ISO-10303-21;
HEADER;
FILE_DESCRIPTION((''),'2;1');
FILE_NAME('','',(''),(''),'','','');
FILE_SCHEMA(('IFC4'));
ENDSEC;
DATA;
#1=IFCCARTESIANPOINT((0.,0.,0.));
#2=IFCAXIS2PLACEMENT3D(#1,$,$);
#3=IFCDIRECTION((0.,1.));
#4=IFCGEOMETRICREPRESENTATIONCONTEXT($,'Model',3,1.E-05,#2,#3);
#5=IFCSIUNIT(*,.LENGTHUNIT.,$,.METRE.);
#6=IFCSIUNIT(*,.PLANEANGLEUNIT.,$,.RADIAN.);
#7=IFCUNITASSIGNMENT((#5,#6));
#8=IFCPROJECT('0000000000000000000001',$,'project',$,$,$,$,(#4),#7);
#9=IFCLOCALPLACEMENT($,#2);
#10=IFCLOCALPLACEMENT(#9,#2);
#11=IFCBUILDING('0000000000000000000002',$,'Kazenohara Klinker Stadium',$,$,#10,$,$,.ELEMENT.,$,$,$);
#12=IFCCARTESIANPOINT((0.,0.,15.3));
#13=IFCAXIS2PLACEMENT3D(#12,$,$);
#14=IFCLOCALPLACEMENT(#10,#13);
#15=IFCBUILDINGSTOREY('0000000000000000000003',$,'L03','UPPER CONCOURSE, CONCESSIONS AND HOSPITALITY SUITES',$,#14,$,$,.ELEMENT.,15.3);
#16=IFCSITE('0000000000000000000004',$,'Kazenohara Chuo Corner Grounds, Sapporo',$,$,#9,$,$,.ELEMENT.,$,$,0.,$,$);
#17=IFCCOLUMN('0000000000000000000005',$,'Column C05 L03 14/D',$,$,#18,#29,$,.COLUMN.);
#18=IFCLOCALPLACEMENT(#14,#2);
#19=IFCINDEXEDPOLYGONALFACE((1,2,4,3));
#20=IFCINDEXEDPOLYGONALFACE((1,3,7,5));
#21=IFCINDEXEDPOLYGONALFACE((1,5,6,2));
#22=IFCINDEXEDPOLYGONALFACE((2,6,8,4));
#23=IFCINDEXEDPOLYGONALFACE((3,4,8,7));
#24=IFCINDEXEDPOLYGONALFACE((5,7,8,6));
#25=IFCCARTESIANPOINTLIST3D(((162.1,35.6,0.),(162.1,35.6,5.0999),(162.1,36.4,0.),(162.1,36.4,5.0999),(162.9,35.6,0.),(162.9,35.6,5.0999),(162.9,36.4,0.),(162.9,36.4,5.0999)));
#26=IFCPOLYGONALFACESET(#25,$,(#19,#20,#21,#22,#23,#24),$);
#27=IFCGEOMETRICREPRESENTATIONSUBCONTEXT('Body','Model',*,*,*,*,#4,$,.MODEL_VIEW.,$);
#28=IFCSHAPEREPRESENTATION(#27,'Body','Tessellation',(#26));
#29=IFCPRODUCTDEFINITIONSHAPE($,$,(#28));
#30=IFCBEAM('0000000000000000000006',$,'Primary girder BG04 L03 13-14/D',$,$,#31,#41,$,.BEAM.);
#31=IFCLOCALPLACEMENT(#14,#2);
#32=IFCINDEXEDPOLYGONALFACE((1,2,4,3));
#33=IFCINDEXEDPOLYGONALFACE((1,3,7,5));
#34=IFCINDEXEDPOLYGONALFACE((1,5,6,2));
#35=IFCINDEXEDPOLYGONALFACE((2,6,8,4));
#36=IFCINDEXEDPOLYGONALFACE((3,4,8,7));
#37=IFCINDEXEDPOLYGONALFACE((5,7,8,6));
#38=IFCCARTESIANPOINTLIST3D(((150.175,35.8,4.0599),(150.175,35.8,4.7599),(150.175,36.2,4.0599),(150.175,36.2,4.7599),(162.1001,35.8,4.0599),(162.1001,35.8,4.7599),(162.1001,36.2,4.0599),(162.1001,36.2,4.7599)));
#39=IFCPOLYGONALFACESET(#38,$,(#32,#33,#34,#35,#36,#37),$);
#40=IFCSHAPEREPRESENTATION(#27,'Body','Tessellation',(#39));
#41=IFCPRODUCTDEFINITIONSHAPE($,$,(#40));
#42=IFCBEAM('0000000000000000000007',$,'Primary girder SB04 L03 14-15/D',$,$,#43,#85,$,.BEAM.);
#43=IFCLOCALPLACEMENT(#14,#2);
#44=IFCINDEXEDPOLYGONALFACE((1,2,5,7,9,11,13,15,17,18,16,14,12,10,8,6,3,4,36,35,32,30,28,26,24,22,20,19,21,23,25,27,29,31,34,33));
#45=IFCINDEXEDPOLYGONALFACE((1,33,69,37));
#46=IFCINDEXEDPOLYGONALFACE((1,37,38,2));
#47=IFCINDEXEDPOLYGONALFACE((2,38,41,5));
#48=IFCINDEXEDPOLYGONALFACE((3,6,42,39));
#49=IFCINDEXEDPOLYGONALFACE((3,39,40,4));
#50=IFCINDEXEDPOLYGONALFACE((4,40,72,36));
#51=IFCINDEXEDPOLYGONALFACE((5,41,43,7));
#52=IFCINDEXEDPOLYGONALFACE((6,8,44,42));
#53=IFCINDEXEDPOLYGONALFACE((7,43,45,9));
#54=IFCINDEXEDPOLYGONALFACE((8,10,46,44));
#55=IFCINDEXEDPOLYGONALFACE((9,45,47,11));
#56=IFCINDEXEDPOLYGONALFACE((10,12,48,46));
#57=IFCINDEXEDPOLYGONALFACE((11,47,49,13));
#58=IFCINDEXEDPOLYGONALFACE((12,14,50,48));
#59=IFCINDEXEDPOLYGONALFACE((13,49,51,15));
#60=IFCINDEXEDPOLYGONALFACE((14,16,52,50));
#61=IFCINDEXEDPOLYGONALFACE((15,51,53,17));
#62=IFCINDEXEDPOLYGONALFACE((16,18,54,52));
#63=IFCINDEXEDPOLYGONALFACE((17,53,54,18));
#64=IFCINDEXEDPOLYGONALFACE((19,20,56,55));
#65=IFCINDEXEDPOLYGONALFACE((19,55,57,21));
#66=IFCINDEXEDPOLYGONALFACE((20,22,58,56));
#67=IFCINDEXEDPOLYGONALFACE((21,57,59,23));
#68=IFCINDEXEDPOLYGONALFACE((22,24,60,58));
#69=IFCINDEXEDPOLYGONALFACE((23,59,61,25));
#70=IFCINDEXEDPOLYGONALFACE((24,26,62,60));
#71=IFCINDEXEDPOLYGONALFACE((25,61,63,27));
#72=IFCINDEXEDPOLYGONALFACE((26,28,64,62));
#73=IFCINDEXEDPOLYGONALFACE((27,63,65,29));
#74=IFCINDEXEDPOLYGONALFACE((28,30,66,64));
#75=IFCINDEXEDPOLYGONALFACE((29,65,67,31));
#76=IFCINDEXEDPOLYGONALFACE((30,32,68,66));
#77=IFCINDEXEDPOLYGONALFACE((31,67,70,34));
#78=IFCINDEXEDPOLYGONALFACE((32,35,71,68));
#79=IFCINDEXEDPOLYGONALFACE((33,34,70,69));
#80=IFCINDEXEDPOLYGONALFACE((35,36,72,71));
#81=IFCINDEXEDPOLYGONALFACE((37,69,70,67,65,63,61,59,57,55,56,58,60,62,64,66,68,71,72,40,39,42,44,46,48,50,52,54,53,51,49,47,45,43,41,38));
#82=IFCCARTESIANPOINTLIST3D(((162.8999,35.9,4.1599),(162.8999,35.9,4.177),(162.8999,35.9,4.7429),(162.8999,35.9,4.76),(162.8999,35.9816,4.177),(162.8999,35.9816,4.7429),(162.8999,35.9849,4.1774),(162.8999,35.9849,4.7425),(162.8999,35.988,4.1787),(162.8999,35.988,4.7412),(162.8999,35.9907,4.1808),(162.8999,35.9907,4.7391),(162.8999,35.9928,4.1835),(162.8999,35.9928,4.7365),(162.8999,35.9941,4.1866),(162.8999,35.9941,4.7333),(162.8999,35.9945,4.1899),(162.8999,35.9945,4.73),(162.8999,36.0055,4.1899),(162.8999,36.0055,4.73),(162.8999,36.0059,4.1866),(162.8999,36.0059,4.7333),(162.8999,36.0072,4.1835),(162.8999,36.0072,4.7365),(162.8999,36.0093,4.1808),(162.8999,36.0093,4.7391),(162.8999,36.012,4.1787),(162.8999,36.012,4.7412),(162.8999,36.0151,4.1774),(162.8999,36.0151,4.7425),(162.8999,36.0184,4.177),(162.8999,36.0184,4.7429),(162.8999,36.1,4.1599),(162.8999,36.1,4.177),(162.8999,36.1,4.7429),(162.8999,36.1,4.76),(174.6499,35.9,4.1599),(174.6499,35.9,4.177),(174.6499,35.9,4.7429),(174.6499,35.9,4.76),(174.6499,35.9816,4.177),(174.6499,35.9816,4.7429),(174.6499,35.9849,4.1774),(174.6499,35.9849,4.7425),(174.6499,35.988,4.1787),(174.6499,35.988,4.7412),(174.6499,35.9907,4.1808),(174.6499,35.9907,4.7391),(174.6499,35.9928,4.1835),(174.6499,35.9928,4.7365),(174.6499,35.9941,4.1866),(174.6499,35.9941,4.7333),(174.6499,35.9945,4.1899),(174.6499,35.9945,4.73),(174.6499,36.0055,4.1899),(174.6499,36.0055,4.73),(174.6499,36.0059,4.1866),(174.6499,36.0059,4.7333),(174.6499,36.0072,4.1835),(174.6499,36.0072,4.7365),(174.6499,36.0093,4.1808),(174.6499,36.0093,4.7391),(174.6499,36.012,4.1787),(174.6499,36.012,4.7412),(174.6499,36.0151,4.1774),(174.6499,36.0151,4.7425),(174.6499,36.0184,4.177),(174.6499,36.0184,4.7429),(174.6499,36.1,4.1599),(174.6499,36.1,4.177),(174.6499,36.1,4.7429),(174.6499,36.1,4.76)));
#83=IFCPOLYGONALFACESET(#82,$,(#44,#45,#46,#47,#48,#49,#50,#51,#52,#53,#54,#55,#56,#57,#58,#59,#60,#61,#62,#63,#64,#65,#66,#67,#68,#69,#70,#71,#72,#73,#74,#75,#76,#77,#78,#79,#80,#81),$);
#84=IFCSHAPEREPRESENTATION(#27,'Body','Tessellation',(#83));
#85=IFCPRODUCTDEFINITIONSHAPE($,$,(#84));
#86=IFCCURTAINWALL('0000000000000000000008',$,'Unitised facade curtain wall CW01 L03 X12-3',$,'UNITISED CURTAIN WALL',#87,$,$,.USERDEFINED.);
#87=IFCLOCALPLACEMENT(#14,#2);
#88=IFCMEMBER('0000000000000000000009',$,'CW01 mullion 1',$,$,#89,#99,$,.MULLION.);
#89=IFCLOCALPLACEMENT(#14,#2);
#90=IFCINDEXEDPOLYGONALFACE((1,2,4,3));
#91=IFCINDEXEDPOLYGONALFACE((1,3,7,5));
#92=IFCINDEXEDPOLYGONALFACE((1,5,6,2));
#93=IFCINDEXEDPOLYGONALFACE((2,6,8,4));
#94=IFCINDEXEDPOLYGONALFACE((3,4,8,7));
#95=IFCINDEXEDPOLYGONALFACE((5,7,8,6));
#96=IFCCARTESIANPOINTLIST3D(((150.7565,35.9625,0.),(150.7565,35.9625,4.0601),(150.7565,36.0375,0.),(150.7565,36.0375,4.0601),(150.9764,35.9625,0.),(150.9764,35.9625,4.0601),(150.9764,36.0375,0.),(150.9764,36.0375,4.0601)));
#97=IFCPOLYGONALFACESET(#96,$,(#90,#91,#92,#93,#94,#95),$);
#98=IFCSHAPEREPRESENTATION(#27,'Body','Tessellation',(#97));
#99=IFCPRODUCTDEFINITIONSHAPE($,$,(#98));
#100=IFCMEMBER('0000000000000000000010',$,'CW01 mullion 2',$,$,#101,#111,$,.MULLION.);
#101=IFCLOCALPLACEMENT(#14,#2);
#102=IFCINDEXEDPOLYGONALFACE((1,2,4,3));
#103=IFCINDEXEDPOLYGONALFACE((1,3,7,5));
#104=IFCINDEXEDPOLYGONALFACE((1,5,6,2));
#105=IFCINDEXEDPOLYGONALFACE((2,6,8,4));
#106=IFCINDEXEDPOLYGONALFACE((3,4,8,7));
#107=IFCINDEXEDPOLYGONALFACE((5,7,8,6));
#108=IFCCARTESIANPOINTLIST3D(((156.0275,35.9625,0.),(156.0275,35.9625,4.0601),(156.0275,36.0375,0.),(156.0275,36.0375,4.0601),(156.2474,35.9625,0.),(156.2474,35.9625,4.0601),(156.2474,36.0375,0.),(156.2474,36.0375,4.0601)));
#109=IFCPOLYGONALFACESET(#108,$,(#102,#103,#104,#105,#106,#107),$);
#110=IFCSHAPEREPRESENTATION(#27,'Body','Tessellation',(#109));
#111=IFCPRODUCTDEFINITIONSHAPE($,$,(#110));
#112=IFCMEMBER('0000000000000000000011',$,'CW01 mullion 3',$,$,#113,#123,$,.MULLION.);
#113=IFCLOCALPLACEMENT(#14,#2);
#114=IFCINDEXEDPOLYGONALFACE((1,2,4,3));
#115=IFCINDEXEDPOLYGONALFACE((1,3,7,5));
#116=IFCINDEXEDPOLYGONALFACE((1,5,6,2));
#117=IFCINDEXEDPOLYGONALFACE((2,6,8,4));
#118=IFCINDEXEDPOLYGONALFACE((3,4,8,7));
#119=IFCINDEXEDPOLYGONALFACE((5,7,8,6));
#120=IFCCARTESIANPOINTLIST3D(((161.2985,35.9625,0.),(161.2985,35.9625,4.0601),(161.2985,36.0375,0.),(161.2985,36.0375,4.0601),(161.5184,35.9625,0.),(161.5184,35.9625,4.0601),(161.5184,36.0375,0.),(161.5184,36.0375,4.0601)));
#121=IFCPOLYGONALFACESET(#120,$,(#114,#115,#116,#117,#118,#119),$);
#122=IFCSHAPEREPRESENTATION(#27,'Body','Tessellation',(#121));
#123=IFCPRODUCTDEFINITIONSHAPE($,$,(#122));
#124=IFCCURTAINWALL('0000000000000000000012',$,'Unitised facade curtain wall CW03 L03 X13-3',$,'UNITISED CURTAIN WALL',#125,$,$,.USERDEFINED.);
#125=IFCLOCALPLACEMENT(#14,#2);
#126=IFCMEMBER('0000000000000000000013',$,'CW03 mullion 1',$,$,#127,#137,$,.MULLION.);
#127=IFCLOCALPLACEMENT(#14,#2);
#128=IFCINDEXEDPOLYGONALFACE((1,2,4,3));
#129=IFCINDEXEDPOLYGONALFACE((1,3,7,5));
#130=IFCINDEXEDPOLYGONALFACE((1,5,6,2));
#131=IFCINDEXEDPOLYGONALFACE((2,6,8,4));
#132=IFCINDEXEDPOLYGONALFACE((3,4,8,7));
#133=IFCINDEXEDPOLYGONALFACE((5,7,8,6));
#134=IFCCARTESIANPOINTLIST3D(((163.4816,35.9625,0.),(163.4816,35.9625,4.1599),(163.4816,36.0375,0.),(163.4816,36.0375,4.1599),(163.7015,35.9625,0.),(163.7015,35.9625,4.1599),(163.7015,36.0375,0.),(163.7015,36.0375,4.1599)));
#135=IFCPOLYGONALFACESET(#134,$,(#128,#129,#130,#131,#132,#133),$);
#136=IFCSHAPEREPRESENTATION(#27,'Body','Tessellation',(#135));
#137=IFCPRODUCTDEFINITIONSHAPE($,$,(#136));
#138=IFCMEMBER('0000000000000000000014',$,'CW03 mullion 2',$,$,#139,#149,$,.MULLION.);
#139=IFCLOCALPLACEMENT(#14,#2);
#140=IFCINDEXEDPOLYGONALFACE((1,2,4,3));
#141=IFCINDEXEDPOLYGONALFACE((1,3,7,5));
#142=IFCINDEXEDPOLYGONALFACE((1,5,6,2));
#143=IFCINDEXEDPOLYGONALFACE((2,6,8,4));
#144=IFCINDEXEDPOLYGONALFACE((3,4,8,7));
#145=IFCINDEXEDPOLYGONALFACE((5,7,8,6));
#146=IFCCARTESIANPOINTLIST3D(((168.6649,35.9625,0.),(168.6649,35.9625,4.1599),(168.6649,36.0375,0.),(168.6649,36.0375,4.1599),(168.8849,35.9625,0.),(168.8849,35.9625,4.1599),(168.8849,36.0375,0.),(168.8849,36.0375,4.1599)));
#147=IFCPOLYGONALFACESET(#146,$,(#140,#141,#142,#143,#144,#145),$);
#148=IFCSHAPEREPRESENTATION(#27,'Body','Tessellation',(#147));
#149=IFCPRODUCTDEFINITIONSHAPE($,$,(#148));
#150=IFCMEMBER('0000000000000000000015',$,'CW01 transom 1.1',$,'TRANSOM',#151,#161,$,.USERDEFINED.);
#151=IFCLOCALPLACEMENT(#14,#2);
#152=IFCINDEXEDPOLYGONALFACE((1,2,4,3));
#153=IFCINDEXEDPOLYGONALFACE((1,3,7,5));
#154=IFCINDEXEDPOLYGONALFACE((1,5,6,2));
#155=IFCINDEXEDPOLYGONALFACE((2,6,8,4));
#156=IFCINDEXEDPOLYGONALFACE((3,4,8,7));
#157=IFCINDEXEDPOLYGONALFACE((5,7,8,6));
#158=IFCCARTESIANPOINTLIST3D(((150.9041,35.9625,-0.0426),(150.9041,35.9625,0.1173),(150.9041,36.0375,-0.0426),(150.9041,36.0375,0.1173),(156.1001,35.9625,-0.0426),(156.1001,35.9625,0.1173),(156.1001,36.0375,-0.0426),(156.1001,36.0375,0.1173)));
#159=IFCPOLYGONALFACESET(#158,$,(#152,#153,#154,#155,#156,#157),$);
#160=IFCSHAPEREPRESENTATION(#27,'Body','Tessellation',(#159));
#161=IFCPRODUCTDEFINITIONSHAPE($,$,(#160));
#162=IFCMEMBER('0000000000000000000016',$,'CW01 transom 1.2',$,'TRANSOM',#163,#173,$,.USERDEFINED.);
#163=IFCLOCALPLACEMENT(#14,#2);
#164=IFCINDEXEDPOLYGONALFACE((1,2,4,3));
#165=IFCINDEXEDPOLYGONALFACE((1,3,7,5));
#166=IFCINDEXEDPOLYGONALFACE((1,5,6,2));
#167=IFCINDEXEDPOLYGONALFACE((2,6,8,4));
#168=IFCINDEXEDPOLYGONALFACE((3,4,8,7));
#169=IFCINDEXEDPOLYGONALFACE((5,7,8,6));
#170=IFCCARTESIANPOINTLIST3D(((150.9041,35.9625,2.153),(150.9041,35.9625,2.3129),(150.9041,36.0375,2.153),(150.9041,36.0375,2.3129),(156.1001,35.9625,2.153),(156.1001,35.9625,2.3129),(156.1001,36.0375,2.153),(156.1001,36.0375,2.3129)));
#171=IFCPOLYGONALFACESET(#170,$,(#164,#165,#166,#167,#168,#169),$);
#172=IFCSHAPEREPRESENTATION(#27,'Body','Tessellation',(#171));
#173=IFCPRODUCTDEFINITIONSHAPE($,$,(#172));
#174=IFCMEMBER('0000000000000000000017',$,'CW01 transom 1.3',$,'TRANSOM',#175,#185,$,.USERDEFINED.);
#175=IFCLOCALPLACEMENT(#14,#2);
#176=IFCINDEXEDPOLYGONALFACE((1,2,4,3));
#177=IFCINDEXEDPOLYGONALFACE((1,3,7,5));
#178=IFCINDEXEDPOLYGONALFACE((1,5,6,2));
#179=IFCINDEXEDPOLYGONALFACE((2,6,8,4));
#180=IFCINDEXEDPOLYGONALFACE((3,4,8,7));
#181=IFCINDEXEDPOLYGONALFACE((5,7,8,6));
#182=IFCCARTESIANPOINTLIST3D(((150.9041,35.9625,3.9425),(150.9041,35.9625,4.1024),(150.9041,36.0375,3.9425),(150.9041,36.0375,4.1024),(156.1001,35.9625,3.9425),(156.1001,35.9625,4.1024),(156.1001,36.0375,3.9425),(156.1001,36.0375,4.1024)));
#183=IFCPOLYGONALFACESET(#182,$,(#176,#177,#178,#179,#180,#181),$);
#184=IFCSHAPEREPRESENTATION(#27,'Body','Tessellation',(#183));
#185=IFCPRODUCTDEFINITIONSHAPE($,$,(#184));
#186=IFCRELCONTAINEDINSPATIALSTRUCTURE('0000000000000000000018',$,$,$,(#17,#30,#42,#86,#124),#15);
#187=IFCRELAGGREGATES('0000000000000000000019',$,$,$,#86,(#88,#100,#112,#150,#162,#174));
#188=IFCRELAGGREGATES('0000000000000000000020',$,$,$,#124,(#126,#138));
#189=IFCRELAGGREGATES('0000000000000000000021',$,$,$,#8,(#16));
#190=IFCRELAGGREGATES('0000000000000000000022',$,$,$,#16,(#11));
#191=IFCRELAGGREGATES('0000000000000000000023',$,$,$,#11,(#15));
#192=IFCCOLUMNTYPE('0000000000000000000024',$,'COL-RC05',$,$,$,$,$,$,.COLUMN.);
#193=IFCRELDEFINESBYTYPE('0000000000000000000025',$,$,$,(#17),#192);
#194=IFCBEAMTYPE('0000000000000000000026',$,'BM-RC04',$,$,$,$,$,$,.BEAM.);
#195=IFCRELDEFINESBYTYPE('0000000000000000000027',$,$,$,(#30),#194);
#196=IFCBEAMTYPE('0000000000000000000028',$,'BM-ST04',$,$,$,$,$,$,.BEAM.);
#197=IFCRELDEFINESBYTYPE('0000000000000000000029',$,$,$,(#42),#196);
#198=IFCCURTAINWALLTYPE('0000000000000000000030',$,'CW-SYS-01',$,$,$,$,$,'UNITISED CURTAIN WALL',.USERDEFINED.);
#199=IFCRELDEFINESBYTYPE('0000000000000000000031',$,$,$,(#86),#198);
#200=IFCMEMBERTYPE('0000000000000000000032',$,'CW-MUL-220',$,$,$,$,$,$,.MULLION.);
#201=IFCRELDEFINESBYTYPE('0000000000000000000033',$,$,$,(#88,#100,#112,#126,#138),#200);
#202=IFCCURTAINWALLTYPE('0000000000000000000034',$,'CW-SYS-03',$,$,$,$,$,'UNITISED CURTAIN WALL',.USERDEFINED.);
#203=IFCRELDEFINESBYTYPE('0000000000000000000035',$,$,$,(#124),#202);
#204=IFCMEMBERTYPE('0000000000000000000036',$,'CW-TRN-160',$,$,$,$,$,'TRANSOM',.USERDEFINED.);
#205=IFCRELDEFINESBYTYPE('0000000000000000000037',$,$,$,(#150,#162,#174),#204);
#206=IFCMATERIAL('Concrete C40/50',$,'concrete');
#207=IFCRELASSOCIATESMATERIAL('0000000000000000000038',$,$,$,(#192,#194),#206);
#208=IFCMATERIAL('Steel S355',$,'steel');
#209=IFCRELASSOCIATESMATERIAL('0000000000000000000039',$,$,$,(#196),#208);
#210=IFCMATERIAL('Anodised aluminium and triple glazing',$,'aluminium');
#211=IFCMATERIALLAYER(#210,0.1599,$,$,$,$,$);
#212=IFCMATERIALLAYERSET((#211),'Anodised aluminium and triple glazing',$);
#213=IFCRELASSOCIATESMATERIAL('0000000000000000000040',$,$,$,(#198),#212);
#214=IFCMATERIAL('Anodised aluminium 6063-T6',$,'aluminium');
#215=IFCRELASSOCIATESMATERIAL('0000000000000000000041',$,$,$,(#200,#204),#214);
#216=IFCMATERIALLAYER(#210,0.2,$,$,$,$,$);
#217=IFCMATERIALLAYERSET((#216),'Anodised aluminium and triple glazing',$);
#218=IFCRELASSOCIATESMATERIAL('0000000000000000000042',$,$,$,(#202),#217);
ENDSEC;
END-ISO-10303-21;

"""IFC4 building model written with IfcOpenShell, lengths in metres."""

from ifc_helpers import new_model, si_unit, direction, frame, origin, origin_2d, place, context, subcontext, project, spatial, rectangle, i_section, extrude, material, layer, layer_set, material_profile, profile_set, type_object, element, aggregate, save


model = new_model("IFC4")

# Units and contexts
model_context = context("Model", 3, precision=1e-05, world=origin(), true_north=direction((0.0, 1.0)))
body_context = subcontext(model_context, "Body", "Model", "MODEL_VIEW")
ifc_project = project(units=[si_unit("LENGTHUNIT", "METRE"), si_unit("PLANEANGLEUNIT", "RADIAN")], contexts=[model_context])

# Site, building, storey
site_placement = place(None, origin())
site = spatial("IfcSite", under=ifc_project, at=site_placement, Name="Kazenohara Chuo Corner Grounds, Sapporo", CompositionType="ELEMENT", RefElevation=0.0)
building_placement = place(site_placement, origin())
building = spatial("IfcBuilding", under=site, at=building_placement, Name="Kazenohara Klinker Stadium", CompositionType="ELEMENT")
storey_placement = place(building_placement, frame((0.0, 0.0, 15.3)))
storey = spatial("IfcBuildingStorey", under=building, at=storey_placement, Name="L03", Description="UPPER CONCOURSE, CONCESSIONS AND HOSPITALITY SUITES", CompositionType="ELEMENT", Elevation=15.3)

# Column
ifc_material_1 = material(Name="Concrete C40/50", Category="concrete")
ifc_material_profile_1 = material_profile(ifc_material_1, rectangle(XDim=0.8, YDim=0.8, at=origin_2d()), Name="RC-COL-800x800")
ifc_profile_set_1 = profile_set([ifc_material_profile_1], Name="Concrete C40/50")
column_type = type_object("IfcColumnType", Name="COL-RC05", PredefinedType="COLUMN", material=ifc_profile_set_1)
column_placement = place(storey_placement, frame((162.5, 36.0, 0.0), z_axis=(0.0, 0.0, 1.0), x_axis=(1.0, 0.0, 0.0)))
element("IfcColumn", 1, at=column_placement, inside=storey, type_object=column_type, Name="Column C05 L03 14/D", PredefinedType="COLUMN", context=body_context, shape_type="SweptSolid", body=[
    extrude(rectangle(XDim=0.8, YDim=0.8, at=origin_2d()), origin(), (0.0, 0.0, 1.0), 5.0999),
])

# Beams
ifc_material_profile_2 = material_profile(ifc_material_1, rectangle(XDim=0.3999, YDim=0.7, at=origin_2d()), Name="RC-BM-400x700")
ifc_profile_set_2 = profile_set([ifc_material_profile_2], Name="Concrete C40/50")
beam_type_1 = type_object("IfcBeamType", Name="BM-RC04", PredefinedType="BEAM", material=ifc_profile_set_2)
beam_1_placement = place(storey_placement, frame((150.175, 36.0, 4.4099), z_axis=(1.0, 0.0, 0.0), x_axis=(0.0, 1.0, 0.0)))
element("IfcBeam", 2, at=beam_1_placement, inside=storey, type_object=beam_type_1, Name="Primary girder BG04 L03 13-14/D", PredefinedType="BEAM", context=body_context, shape_type="SweptSolid", body=[
    extrude(rectangle(XDim=0.3999, YDim=0.7, at=origin_2d()), origin(), (0.0, 0.0, 1.0), 11.925),
])
ifc_material_2 = material(Name="Steel S355", Category="steel")
ifc_material_profile_3 = material_profile(ifc_material_2, i_section(OverallWidth=0.2, OverallDepth=0.6001, WebThickness=0.011, FlangeThickness=0.0171, FilletRadius=0.0129, at=origin_2d()), Name="H-600x200x11x17")
ifc_profile_set_3 = profile_set([ifc_material_profile_3], Name="Steel S355")
beam_type_2 = type_object("IfcBeamType", Name="BM-ST04", PredefinedType="BEAM", material=ifc_profile_set_3)
beam_2_placement = place(storey_placement, frame((162.8999, 36.0, 4.46), z_axis=(1.0, 0.0, 0.0), x_axis=(0.0, 1.0, 0.0)))
element("IfcBeam", 3, at=beam_2_placement, inside=storey, type_object=beam_type_2, Name="Primary girder SB04 L03 14-15/D", PredefinedType="BEAM", context=body_context, shape_type="SweptSolid", body=[
    extrude(i_section(OverallWidth=0.2, OverallDepth=0.6001, WebThickness=0.011, FlangeThickness=0.0171, FilletRadius=0.0129, at=origin_2d()), origin(), (0.0, 0.0, 1.0), 11.75),
])

# Curtain walls, members
ifc_material_3 = material(Name="Anodised aluminium and triple glazing", Category="aluminium")
ifc_layer_1 = layer(ifc_material_3, 0.1599)
ifc_layer_set_1 = layer_set([ifc_layer_1], Name="Anodised aluminium and triple glazing")
curtain_wall_type_1 = type_object("IfcCurtainWallType", Name="CW-SYS-01", ElementType="UNITISED CURTAIN WALL", PredefinedType="USERDEFINED", material=ifc_layer_set_1)
curtain_wall_1_placement = place(storey_placement, origin())
curtain_wall_1 = element("IfcCurtainWall", 4, at=curtain_wall_1_placement, inside=storey, type_object=curtain_wall_type_1, Name="Unitised facade curtain wall CW01 L03 X12-3", ObjectType="UNITISED CURTAIN WALL", PredefinedType="USERDEFINED")
ifc_material_4 = material(Name="Anodised aluminium 6063-T6", Category="aluminium")
ifc_material_profile_4 = material_profile(ifc_material_4, rectangle(XDim=0.075, YDim=0.22, at=origin_2d()), Name="ALU-MUL-75x220")
ifc_profile_set_4 = profile_set([ifc_material_profile_4], Name="Anodised aluminium 6063-T6")
member_type_1 = type_object("IfcMemberType", Name="CW-MUL-220", PredefinedType="MULLION", material=ifc_profile_set_4)
member_1_placement = place(storey_placement, frame((150.8665, 36.0, 0.0), z_axis=(0.0, 0.0, 1.0), x_axis=(0.0, 1.0, 0.0)))
member_1 = element("IfcMember", 5, at=member_1_placement, type_object=member_type_1, Name="CW01 mullion 1", PredefinedType="MULLION", context=body_context, shape_type="SweptSolid", body=[
    extrude(rectangle(XDim=0.075, YDim=0.22, at=origin_2d()), origin(), (0.0, 0.0, 1.0), 4.0601),
])
member_2_placement = place(storey_placement, frame((156.1375, 36.0, 0.0), z_axis=(0.0, 0.0, 1.0), x_axis=(0.0, 1.0, 0.0)))
member_2 = element("IfcMember", 6, at=member_2_placement, type_object=member_type_1, Name="CW01 mullion 2", PredefinedType="MULLION", context=body_context, shape_type="SweptSolid", body=[
    extrude(rectangle(XDim=0.075, YDim=0.22, at=origin_2d()), origin(), (0.0, 0.0, 1.0), 4.0601),
])
member_3_placement = place(storey_placement, frame((161.4084, 36.0, 0.0), z_axis=(0.0, 0.0, 1.0), x_axis=(0.0, 1.0, 0.0)))
member_3 = element("IfcMember", 7, at=member_3_placement, type_object=member_type_1, Name="CW01 mullion 3", PredefinedType="MULLION", context=body_context, shape_type="SweptSolid", body=[
    extrude(rectangle(XDim=0.075, YDim=0.22, at=origin_2d()), origin(), (0.0, 0.0, 1.0), 4.0601),
])
ifc_layer_2 = layer(ifc_material_3, 0.2)
ifc_layer_set_2 = layer_set([ifc_layer_2], Name="Anodised aluminium and triple glazing")
curtain_wall_type_2 = type_object("IfcCurtainWallType", Name="CW-SYS-03", ElementType="UNITISED CURTAIN WALL", PredefinedType="USERDEFINED", material=ifc_layer_set_2)
curtain_wall_2_placement = place(storey_placement, origin())
curtain_wall_2 = element("IfcCurtainWall", 8, at=curtain_wall_2_placement, inside=storey, type_object=curtain_wall_type_2, Name="Unitised facade curtain wall CW03 L03 X13-3", ObjectType="UNITISED CURTAIN WALL", PredefinedType="USERDEFINED")
member_4_placement = place(storey_placement, frame((163.5916, 36.0, 0.0), z_axis=(0.0, 0.0, 1.0), x_axis=(0.0, 1.0, 0.0)))
member_4 = element("IfcMember", 9, at=member_4_placement, type_object=member_type_1, Name="CW03 mullion 1", PredefinedType="MULLION", context=body_context, shape_type="SweptSolid", body=[
    extrude(rectangle(XDim=0.075, YDim=0.22, at=origin_2d()), origin(), (0.0, 0.0, 1.0), 4.1599),
])
member_5_placement = place(storey_placement, frame((168.7749, 36.0, 0.0), z_axis=(0.0, 0.0, 1.0), x_axis=(0.0, 1.0, 0.0)))
member_5 = element("IfcMember", 10, at=member_5_placement, type_object=member_type_1, Name="CW03 mullion 2", PredefinedType="MULLION", context=body_context, shape_type="SweptSolid", body=[
    extrude(rectangle(XDim=0.075, YDim=0.22, at=origin_2d()), origin(), (0.0, 0.0, 1.0), 4.1599),
])

# Members
ifc_material_profile_5 = material_profile(ifc_material_4, rectangle(XDim=0.075, YDim=0.1599, at=origin_2d()), Name="ALU-TRN-75x160")
ifc_profile_set_5 = profile_set([ifc_material_profile_5], Name="Anodised aluminium 6063-T6")
member_type_2 = type_object("IfcMemberType", Name="CW-TRN-160", ElementType="TRANSOM", PredefinedType="USERDEFINED", material=ifc_profile_set_5)
member_6_placement = place(storey_placement, frame((150.9041, 36.0, 0.0374), z_axis=(1.0, 0.0, 0.0), x_axis=(0.0, 1.0, 0.0)))
member_6 = element("IfcMember", 11, at=member_6_placement, type_object=member_type_2, Name="CW01 transom 1.1", ObjectType="TRANSOM", PredefinedType="USERDEFINED", context=body_context, shape_type="SweptSolid", body=[
    extrude(rectangle(XDim=0.075, YDim=0.1599, at=origin_2d()), origin(), (0.0, 0.0, 1.0), 5.196),
])
member_7_placement = place(storey_placement, frame((150.9041, 36.0, 2.2329), z_axis=(1.0, 0.0, 0.0), x_axis=(0.0, 1.0, 0.0)))
member_7 = element("IfcMember", 12, at=member_7_placement, type_object=member_type_2, Name="CW01 transom 1.2", ObjectType="TRANSOM", PredefinedType="USERDEFINED", context=body_context, shape_type="SweptSolid", body=[
    extrude(rectangle(XDim=0.075, YDim=0.1599, at=origin_2d()), origin(), (0.0, 0.0, 1.0), 5.196),
])
member_8_placement = place(storey_placement, frame((150.9041, 36.0, 4.0225), z_axis=(1.0, 0.0, 0.0), x_axis=(0.0, 1.0, 0.0)))
member_8 = element("IfcMember", 13, at=member_8_placement, type_object=member_type_2, Name="CW01 transom 1.3", ObjectType="TRANSOM", PredefinedType="USERDEFINED", context=body_context, shape_type="SweptSolid", body=[
    extrude(rectangle(XDim=0.075, YDim=0.1599, at=origin_2d()), origin(), (0.0, 0.0, 1.0), 5.196),
])

aggregate(curtain_wall_1, [member_1, member_2, member_3, member_6, member_7, member_8])
aggregate(curtain_wall_2, [member_4, member_5])

save(model, "model.ifc")
